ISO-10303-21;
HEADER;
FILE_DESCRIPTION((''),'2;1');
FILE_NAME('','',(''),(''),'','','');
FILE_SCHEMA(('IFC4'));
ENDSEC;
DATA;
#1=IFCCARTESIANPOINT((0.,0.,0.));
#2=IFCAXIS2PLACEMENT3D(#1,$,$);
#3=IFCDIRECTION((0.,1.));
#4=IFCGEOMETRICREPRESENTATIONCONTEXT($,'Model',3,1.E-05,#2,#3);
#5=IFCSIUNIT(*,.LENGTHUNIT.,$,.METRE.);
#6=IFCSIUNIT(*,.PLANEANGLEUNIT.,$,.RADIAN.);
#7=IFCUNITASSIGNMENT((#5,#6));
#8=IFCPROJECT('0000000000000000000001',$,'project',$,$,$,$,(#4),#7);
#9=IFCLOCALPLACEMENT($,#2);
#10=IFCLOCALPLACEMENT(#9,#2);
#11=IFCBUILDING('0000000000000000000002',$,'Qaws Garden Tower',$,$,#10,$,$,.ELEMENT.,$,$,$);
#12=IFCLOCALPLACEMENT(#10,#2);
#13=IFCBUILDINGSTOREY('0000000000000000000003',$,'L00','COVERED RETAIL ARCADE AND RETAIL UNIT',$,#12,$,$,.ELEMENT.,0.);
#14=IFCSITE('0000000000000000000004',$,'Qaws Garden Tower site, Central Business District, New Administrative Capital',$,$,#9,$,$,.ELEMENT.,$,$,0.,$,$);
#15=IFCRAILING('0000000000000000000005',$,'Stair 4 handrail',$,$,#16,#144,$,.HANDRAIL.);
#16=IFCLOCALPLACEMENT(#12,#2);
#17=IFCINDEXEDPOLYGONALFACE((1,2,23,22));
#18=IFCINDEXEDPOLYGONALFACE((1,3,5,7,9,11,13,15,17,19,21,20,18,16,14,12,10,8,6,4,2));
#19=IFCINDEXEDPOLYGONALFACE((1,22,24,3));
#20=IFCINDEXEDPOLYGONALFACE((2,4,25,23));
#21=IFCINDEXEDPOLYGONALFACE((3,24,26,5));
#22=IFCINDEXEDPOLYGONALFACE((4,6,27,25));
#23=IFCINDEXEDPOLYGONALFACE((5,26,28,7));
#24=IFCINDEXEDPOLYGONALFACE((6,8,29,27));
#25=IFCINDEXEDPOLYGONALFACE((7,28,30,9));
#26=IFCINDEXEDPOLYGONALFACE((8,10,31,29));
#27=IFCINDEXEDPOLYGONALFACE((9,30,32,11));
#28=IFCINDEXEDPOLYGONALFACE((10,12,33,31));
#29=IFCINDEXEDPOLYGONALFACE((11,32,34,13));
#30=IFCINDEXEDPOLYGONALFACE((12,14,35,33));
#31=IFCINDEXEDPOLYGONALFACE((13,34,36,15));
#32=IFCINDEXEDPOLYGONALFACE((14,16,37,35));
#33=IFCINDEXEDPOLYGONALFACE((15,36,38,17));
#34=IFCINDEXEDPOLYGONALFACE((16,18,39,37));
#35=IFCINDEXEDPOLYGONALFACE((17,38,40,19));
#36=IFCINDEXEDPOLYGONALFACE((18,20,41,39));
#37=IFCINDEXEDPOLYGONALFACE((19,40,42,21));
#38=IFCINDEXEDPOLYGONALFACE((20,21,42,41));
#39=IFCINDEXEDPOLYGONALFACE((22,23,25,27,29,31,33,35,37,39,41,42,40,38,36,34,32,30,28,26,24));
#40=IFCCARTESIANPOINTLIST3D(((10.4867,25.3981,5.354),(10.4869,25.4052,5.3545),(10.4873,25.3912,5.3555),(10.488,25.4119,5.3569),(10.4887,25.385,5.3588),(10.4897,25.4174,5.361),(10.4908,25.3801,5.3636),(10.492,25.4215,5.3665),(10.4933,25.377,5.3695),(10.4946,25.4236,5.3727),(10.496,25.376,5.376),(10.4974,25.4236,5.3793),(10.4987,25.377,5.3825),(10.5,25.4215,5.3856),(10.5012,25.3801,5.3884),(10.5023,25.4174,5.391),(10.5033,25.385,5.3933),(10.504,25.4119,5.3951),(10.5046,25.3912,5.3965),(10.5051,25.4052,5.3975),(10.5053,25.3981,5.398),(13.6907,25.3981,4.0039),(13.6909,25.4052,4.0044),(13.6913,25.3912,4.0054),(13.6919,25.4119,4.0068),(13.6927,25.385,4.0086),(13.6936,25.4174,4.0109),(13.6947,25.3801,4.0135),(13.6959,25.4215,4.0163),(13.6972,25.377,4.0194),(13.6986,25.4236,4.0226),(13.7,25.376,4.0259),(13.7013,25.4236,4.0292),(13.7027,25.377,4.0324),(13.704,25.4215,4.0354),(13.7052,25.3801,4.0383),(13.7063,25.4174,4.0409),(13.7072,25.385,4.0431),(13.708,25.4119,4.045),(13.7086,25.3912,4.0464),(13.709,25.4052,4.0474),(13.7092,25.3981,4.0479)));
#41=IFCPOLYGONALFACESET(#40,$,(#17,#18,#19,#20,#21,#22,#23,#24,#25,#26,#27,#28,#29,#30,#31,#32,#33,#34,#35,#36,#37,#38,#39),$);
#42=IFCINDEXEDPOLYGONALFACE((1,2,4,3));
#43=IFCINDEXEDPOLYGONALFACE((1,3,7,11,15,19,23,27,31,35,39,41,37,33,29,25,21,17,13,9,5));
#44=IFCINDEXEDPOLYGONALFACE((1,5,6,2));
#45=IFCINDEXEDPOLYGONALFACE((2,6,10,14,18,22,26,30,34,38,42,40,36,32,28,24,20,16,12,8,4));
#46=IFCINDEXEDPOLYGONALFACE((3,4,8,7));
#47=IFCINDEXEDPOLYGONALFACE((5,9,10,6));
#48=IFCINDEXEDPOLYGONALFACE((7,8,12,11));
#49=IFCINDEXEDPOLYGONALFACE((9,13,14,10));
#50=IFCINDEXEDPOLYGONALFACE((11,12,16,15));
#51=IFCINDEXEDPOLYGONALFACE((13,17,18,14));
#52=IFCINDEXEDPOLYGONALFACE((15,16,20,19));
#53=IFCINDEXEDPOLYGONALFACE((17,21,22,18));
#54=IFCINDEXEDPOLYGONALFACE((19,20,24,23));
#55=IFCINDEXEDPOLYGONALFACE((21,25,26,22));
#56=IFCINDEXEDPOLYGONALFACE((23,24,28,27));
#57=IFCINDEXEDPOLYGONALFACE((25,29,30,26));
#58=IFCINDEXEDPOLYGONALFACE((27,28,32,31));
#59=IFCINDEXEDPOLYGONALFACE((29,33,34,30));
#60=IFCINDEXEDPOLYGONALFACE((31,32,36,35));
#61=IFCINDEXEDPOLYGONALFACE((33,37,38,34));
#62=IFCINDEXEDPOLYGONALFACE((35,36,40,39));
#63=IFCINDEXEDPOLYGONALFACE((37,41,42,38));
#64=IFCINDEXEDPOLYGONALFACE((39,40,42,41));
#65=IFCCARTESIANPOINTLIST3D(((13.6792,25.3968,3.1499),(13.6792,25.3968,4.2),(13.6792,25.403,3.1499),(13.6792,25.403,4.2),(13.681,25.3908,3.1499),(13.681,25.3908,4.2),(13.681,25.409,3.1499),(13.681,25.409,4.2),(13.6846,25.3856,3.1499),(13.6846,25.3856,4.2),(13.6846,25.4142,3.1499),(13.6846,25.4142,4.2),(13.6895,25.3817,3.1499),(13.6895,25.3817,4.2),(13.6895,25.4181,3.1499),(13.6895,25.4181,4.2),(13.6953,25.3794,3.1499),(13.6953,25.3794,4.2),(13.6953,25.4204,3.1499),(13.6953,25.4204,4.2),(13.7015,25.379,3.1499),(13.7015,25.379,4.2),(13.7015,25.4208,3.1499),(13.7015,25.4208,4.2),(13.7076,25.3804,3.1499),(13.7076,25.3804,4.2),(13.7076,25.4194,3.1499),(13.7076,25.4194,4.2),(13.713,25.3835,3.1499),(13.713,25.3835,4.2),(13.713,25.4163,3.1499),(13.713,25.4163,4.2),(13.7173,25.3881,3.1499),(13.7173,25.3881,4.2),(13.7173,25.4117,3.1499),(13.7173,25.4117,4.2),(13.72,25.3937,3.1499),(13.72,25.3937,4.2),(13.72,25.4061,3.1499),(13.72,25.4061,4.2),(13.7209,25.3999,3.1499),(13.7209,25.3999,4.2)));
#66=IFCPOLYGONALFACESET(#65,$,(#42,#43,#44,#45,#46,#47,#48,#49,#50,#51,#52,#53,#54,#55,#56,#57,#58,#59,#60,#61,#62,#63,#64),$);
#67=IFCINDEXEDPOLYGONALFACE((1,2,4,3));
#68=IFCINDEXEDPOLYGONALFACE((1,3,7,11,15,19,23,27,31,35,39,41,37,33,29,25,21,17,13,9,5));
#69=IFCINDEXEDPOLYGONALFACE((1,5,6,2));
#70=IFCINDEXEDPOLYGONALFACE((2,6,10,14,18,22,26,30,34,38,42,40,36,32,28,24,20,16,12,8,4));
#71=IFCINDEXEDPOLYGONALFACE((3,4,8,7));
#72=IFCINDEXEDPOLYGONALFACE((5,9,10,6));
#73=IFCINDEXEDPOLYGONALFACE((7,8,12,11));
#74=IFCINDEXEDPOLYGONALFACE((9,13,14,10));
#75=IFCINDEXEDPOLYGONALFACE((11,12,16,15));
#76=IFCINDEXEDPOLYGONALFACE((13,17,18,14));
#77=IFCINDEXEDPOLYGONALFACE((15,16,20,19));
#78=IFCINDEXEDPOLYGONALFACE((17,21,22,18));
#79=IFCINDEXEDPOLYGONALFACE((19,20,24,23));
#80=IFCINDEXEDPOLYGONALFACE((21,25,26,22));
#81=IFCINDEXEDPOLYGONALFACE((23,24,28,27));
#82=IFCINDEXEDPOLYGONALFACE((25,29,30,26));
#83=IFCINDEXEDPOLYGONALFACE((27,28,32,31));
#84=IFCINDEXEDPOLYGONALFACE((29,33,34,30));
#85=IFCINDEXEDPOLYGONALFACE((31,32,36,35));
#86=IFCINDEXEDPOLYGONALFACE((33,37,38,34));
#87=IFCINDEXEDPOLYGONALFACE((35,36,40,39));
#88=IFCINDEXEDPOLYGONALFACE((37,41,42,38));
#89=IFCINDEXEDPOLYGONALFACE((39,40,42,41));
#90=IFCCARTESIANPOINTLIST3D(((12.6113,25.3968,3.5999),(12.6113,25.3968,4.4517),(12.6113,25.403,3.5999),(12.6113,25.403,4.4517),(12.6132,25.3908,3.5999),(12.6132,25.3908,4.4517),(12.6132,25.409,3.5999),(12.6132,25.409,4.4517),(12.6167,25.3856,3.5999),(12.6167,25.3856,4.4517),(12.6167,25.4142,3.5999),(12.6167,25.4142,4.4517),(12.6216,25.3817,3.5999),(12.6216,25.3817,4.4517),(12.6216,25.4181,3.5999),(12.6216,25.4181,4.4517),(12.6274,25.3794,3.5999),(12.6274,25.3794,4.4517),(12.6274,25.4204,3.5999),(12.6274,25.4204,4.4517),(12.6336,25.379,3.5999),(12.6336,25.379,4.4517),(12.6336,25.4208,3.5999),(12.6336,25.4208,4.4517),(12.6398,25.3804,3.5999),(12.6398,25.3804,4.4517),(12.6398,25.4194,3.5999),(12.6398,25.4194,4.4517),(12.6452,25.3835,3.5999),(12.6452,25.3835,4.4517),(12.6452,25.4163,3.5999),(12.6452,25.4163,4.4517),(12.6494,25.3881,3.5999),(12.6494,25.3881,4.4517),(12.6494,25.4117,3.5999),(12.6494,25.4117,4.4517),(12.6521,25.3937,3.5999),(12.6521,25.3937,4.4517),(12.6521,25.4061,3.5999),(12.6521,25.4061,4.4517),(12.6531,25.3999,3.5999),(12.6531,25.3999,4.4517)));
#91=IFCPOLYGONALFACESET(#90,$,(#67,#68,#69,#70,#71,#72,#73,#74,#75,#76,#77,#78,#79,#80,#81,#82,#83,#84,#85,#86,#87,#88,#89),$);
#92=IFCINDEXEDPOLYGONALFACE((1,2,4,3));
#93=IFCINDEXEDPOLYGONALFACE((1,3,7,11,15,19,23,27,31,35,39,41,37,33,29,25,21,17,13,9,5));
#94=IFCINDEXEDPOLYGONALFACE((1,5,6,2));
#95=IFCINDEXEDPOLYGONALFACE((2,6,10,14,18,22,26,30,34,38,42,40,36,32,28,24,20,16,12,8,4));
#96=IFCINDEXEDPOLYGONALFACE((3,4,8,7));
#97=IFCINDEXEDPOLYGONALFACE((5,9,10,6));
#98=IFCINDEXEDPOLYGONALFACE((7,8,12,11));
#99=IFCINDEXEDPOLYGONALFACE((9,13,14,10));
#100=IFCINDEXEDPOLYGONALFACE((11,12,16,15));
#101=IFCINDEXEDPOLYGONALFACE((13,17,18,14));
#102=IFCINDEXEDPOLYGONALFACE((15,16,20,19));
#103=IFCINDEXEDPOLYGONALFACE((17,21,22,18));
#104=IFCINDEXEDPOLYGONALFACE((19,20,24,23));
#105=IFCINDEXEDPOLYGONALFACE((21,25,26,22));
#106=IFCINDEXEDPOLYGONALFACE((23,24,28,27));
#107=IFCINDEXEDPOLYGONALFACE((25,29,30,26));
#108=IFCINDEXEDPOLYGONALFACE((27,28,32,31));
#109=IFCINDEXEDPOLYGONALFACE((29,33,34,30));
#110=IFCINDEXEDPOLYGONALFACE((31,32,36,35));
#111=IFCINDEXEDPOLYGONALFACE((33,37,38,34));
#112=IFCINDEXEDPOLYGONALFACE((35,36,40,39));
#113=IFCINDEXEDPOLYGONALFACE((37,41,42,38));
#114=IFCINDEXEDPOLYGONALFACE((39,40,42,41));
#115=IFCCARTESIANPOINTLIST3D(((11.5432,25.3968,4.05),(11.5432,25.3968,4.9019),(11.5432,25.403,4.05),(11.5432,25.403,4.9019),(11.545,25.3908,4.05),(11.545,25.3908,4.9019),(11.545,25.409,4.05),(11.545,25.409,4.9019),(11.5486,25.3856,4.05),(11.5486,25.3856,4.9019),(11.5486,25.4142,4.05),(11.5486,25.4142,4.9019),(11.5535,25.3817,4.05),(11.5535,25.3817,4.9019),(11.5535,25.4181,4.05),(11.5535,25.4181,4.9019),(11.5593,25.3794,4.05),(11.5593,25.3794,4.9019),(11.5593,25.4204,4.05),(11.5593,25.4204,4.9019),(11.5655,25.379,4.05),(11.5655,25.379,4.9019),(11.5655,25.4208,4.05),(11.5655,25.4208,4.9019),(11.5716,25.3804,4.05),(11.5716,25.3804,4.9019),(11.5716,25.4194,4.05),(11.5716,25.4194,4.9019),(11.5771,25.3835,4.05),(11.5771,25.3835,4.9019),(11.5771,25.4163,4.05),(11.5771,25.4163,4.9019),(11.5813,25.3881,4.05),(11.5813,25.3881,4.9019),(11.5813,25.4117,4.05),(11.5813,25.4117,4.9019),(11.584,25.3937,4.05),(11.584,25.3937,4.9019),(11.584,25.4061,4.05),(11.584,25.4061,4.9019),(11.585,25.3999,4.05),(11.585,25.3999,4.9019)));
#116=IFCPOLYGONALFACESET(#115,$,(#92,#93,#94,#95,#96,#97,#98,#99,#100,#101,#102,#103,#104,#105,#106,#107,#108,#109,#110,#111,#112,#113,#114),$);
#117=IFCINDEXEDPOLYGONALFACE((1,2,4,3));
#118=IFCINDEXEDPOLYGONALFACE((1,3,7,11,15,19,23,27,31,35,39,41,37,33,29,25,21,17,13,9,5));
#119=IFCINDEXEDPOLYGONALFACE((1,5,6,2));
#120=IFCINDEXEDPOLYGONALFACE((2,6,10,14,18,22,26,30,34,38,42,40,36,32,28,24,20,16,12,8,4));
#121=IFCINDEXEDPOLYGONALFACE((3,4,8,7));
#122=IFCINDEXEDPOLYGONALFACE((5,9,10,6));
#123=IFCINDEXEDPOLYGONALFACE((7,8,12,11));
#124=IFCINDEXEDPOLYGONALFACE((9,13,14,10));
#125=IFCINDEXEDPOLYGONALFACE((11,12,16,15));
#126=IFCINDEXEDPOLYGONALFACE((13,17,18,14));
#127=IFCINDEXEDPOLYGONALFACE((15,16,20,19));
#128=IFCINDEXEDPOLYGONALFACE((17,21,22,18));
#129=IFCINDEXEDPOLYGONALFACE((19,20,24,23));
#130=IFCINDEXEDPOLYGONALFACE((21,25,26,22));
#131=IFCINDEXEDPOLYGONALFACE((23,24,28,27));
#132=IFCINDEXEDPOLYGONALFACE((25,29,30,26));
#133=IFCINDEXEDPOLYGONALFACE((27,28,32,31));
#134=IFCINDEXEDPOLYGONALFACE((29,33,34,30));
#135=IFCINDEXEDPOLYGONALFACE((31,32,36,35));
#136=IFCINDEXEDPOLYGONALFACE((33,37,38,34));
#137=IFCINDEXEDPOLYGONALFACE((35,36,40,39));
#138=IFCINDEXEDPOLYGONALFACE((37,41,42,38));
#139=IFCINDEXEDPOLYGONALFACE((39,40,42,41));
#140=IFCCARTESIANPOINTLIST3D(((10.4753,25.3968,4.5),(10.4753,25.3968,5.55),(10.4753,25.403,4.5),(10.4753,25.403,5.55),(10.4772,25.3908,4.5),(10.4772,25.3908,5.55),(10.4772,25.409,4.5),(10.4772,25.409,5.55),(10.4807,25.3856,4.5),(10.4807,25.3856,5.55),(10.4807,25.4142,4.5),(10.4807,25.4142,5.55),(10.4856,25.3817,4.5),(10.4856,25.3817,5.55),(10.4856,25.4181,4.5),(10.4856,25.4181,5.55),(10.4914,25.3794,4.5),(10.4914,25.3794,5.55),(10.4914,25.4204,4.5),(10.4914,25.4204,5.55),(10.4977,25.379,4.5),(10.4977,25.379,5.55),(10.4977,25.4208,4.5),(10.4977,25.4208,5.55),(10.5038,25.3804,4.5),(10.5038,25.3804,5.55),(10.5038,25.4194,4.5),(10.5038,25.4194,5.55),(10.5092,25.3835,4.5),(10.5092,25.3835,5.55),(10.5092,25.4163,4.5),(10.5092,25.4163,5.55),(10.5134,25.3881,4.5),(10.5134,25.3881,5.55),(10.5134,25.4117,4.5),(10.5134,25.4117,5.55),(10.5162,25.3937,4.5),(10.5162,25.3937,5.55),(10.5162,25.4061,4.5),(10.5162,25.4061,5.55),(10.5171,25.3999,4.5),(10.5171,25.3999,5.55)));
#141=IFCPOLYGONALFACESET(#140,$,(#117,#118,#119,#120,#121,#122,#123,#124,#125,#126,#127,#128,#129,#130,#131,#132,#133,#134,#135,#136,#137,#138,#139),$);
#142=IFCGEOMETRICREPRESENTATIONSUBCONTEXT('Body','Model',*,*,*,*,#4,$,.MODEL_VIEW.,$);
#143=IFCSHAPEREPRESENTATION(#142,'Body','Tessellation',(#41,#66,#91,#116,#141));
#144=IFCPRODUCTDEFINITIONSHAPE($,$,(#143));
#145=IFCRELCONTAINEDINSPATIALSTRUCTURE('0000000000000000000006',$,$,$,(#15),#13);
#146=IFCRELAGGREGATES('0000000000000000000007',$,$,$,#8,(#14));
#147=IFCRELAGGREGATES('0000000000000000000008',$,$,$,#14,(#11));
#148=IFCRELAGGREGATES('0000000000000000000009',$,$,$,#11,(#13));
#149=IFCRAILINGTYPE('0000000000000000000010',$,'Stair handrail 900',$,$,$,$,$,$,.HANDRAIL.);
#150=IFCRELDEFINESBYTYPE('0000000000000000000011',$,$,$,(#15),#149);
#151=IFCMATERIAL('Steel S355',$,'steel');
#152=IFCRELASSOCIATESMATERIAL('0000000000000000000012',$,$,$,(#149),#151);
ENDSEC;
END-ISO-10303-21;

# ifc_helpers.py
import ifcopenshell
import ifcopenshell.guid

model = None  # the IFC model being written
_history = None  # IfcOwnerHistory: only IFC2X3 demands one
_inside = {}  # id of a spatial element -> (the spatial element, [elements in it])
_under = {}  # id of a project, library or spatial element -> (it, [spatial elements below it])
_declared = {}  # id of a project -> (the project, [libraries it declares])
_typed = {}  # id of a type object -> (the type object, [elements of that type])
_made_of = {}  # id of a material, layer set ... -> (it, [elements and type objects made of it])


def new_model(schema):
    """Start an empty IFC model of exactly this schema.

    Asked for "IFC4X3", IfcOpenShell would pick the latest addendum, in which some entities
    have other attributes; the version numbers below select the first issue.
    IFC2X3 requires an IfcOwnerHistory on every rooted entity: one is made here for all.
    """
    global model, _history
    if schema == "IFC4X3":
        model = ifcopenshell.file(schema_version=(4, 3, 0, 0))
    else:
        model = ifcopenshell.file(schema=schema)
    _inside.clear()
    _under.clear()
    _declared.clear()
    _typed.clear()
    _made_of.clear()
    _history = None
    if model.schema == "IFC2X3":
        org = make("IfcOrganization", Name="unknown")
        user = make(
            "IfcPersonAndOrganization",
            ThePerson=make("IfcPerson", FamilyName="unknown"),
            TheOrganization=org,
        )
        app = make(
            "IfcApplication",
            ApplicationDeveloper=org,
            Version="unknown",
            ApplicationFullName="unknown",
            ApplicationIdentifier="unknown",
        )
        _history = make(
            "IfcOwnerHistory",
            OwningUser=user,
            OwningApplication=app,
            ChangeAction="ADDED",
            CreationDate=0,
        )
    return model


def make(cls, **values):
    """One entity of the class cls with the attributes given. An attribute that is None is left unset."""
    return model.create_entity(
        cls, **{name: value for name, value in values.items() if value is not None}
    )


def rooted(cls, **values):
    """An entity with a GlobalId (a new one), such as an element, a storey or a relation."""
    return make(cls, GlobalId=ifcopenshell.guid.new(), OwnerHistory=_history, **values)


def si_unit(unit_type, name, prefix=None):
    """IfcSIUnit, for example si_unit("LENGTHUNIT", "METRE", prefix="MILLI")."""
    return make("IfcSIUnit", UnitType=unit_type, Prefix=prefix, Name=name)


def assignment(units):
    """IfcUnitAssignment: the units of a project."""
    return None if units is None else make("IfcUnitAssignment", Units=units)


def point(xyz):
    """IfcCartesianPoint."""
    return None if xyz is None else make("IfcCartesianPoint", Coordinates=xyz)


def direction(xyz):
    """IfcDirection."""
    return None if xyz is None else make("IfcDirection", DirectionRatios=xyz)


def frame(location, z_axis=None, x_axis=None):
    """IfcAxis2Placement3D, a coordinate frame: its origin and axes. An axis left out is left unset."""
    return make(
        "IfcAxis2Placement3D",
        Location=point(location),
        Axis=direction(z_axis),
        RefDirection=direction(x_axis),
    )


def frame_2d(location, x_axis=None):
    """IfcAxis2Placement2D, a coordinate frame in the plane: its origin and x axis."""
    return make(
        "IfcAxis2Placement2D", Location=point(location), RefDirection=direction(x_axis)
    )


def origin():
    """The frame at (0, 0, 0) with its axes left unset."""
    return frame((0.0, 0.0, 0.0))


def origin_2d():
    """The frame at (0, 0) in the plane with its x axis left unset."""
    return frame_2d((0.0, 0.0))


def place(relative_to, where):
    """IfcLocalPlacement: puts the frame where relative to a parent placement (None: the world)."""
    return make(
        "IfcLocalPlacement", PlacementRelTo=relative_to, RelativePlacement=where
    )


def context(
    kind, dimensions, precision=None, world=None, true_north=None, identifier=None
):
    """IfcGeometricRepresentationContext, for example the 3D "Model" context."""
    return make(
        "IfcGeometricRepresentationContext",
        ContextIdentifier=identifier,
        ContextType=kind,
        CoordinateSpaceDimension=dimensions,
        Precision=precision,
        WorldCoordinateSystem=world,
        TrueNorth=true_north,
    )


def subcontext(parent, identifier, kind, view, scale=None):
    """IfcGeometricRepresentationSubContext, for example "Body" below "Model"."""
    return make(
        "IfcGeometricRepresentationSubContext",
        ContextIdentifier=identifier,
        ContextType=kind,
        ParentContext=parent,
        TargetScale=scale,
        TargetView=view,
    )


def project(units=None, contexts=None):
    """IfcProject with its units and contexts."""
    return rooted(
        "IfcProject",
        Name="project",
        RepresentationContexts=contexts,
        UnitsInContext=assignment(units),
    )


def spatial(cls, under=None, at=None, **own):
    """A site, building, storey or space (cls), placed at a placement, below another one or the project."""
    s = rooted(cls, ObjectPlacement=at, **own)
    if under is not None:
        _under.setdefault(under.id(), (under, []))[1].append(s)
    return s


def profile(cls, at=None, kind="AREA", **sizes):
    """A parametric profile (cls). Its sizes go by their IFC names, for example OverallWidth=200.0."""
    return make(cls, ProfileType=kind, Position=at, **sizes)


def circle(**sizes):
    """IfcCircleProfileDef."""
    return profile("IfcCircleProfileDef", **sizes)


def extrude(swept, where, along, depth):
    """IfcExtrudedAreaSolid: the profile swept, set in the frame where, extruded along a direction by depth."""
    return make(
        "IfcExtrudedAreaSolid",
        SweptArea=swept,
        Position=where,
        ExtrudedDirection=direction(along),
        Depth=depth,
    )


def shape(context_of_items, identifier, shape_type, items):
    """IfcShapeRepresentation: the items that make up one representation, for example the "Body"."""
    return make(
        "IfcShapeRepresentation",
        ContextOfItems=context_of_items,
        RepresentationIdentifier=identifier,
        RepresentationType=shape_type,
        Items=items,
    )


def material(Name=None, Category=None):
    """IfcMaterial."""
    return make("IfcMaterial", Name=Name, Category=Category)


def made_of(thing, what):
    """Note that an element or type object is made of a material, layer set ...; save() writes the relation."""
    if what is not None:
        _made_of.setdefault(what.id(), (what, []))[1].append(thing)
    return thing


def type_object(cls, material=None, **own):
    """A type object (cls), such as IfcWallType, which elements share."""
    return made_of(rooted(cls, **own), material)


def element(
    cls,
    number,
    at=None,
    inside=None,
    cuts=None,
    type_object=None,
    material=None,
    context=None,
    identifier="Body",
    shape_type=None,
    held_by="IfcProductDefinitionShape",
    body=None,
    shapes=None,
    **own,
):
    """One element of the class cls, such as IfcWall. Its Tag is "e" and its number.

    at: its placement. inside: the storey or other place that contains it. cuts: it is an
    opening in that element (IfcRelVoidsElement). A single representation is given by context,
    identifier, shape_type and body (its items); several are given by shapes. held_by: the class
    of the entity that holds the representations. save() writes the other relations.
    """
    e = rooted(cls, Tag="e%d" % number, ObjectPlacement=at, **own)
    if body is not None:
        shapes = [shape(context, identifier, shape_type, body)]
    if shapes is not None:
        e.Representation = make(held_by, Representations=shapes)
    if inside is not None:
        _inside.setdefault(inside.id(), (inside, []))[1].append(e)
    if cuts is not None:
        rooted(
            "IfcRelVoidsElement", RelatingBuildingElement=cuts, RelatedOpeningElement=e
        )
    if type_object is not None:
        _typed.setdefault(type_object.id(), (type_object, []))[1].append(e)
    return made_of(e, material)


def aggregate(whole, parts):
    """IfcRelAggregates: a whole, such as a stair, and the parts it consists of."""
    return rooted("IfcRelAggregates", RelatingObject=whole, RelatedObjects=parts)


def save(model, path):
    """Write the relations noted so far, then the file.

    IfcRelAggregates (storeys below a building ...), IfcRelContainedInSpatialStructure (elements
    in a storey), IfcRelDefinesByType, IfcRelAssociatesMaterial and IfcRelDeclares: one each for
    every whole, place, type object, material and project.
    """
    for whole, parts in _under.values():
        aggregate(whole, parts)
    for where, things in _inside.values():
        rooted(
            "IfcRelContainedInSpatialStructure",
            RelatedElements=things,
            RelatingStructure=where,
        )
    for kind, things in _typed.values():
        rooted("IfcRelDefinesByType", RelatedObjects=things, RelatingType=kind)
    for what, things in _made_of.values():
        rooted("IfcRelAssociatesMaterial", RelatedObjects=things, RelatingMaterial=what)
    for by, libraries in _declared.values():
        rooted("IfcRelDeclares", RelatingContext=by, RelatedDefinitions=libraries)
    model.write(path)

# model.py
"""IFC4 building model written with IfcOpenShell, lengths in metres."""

from ifc_helpers import new_model, si_unit, direction, frame, origin, origin_2d, place, context, subcontext, project, spatial, circle, extrude, material, type_object, element, save


model = new_model("IFC4")

# Units and contexts
model_context = context("Model", 3, precision=1e-05, world=origin(), true_north=direction((0.0, 1.0)))
body_context = subcontext(model_context, "Body", "Model", "MODEL_VIEW")
ifc_project = project(units=[si_unit("LENGTHUNIT", "METRE"), si_unit("PLANEANGLEUNIT", "RADIAN")], contexts=[model_context])

# Site, building, storey
site_placement = place(None, origin())
site = spatial("IfcSite", under=ifc_project, at=site_placement, Name="Qaws Garden Tower site, Central Business District, New Administrative Capital", CompositionType="ELEMENT", RefElevation=0.0)
building_placement = place(site_placement, origin())
building = spatial("IfcBuilding", under=site, at=building_placement, Name="Qaws Garden Tower", CompositionType="ELEMENT")
storey_placement = place(building_placement, origin())
storey = spatial("IfcBuildingStorey", under=building, at=storey_placement, Name="L00", Description="COVERED RETAIL ARCADE AND RETAIL UNIT", CompositionType="ELEMENT", Elevation=0.0)

# Railing
ifc_material_1 = material(Name="Steel S355", Category="steel")
railing_type = type_object("IfcRailingType", Name="Stair handrail 900", PredefinedType="HANDRAIL", material=ifc_material_1)
for number, where, name in (
    (1, (13.7, 25.3999, 3.1499), "Stair 4 handrail"),
):
    element("IfcRailing", number, at=place(storey_placement, frame(where)), inside=storey, type_object=railing_type, Name=name, PredefinedType="HANDRAIL", context=body_context, shape_type="SweptSolid", body=[
        extrude(circle(Radius=0.0239, at=origin_2d()), frame((0.0, 0.0, 0.876), z_axis=(-0.921522, 0.0, 0.388327), x_axis=(0.0, -1.0, 0.0)), (0.0, 0.0, 1.0), 3.4768),
        extrude(circle(Radius=0.021, at=origin_2d()), origin(), (0.0, 0.0, 1.0), 1.05),
        extrude(circle(Radius=0.021, at=origin_2d()), frame((-1.0679, 0.0, 0.45)), (0.0, 0.0, 1.0), 0.8518),
        extrude(circle(Radius=0.021, at=origin_2d()), frame((-2.136, 0.0, 0.9001)), (0.0, 0.0, 1.0), 0.8518),
        extrude(circle(Radius=0.021, at=origin_2d()), frame((-3.2039, 0.0, 1.3501)), (0.0, 0.0, 1.0), 1.05),
    ])

save(model, "model.ifc")
